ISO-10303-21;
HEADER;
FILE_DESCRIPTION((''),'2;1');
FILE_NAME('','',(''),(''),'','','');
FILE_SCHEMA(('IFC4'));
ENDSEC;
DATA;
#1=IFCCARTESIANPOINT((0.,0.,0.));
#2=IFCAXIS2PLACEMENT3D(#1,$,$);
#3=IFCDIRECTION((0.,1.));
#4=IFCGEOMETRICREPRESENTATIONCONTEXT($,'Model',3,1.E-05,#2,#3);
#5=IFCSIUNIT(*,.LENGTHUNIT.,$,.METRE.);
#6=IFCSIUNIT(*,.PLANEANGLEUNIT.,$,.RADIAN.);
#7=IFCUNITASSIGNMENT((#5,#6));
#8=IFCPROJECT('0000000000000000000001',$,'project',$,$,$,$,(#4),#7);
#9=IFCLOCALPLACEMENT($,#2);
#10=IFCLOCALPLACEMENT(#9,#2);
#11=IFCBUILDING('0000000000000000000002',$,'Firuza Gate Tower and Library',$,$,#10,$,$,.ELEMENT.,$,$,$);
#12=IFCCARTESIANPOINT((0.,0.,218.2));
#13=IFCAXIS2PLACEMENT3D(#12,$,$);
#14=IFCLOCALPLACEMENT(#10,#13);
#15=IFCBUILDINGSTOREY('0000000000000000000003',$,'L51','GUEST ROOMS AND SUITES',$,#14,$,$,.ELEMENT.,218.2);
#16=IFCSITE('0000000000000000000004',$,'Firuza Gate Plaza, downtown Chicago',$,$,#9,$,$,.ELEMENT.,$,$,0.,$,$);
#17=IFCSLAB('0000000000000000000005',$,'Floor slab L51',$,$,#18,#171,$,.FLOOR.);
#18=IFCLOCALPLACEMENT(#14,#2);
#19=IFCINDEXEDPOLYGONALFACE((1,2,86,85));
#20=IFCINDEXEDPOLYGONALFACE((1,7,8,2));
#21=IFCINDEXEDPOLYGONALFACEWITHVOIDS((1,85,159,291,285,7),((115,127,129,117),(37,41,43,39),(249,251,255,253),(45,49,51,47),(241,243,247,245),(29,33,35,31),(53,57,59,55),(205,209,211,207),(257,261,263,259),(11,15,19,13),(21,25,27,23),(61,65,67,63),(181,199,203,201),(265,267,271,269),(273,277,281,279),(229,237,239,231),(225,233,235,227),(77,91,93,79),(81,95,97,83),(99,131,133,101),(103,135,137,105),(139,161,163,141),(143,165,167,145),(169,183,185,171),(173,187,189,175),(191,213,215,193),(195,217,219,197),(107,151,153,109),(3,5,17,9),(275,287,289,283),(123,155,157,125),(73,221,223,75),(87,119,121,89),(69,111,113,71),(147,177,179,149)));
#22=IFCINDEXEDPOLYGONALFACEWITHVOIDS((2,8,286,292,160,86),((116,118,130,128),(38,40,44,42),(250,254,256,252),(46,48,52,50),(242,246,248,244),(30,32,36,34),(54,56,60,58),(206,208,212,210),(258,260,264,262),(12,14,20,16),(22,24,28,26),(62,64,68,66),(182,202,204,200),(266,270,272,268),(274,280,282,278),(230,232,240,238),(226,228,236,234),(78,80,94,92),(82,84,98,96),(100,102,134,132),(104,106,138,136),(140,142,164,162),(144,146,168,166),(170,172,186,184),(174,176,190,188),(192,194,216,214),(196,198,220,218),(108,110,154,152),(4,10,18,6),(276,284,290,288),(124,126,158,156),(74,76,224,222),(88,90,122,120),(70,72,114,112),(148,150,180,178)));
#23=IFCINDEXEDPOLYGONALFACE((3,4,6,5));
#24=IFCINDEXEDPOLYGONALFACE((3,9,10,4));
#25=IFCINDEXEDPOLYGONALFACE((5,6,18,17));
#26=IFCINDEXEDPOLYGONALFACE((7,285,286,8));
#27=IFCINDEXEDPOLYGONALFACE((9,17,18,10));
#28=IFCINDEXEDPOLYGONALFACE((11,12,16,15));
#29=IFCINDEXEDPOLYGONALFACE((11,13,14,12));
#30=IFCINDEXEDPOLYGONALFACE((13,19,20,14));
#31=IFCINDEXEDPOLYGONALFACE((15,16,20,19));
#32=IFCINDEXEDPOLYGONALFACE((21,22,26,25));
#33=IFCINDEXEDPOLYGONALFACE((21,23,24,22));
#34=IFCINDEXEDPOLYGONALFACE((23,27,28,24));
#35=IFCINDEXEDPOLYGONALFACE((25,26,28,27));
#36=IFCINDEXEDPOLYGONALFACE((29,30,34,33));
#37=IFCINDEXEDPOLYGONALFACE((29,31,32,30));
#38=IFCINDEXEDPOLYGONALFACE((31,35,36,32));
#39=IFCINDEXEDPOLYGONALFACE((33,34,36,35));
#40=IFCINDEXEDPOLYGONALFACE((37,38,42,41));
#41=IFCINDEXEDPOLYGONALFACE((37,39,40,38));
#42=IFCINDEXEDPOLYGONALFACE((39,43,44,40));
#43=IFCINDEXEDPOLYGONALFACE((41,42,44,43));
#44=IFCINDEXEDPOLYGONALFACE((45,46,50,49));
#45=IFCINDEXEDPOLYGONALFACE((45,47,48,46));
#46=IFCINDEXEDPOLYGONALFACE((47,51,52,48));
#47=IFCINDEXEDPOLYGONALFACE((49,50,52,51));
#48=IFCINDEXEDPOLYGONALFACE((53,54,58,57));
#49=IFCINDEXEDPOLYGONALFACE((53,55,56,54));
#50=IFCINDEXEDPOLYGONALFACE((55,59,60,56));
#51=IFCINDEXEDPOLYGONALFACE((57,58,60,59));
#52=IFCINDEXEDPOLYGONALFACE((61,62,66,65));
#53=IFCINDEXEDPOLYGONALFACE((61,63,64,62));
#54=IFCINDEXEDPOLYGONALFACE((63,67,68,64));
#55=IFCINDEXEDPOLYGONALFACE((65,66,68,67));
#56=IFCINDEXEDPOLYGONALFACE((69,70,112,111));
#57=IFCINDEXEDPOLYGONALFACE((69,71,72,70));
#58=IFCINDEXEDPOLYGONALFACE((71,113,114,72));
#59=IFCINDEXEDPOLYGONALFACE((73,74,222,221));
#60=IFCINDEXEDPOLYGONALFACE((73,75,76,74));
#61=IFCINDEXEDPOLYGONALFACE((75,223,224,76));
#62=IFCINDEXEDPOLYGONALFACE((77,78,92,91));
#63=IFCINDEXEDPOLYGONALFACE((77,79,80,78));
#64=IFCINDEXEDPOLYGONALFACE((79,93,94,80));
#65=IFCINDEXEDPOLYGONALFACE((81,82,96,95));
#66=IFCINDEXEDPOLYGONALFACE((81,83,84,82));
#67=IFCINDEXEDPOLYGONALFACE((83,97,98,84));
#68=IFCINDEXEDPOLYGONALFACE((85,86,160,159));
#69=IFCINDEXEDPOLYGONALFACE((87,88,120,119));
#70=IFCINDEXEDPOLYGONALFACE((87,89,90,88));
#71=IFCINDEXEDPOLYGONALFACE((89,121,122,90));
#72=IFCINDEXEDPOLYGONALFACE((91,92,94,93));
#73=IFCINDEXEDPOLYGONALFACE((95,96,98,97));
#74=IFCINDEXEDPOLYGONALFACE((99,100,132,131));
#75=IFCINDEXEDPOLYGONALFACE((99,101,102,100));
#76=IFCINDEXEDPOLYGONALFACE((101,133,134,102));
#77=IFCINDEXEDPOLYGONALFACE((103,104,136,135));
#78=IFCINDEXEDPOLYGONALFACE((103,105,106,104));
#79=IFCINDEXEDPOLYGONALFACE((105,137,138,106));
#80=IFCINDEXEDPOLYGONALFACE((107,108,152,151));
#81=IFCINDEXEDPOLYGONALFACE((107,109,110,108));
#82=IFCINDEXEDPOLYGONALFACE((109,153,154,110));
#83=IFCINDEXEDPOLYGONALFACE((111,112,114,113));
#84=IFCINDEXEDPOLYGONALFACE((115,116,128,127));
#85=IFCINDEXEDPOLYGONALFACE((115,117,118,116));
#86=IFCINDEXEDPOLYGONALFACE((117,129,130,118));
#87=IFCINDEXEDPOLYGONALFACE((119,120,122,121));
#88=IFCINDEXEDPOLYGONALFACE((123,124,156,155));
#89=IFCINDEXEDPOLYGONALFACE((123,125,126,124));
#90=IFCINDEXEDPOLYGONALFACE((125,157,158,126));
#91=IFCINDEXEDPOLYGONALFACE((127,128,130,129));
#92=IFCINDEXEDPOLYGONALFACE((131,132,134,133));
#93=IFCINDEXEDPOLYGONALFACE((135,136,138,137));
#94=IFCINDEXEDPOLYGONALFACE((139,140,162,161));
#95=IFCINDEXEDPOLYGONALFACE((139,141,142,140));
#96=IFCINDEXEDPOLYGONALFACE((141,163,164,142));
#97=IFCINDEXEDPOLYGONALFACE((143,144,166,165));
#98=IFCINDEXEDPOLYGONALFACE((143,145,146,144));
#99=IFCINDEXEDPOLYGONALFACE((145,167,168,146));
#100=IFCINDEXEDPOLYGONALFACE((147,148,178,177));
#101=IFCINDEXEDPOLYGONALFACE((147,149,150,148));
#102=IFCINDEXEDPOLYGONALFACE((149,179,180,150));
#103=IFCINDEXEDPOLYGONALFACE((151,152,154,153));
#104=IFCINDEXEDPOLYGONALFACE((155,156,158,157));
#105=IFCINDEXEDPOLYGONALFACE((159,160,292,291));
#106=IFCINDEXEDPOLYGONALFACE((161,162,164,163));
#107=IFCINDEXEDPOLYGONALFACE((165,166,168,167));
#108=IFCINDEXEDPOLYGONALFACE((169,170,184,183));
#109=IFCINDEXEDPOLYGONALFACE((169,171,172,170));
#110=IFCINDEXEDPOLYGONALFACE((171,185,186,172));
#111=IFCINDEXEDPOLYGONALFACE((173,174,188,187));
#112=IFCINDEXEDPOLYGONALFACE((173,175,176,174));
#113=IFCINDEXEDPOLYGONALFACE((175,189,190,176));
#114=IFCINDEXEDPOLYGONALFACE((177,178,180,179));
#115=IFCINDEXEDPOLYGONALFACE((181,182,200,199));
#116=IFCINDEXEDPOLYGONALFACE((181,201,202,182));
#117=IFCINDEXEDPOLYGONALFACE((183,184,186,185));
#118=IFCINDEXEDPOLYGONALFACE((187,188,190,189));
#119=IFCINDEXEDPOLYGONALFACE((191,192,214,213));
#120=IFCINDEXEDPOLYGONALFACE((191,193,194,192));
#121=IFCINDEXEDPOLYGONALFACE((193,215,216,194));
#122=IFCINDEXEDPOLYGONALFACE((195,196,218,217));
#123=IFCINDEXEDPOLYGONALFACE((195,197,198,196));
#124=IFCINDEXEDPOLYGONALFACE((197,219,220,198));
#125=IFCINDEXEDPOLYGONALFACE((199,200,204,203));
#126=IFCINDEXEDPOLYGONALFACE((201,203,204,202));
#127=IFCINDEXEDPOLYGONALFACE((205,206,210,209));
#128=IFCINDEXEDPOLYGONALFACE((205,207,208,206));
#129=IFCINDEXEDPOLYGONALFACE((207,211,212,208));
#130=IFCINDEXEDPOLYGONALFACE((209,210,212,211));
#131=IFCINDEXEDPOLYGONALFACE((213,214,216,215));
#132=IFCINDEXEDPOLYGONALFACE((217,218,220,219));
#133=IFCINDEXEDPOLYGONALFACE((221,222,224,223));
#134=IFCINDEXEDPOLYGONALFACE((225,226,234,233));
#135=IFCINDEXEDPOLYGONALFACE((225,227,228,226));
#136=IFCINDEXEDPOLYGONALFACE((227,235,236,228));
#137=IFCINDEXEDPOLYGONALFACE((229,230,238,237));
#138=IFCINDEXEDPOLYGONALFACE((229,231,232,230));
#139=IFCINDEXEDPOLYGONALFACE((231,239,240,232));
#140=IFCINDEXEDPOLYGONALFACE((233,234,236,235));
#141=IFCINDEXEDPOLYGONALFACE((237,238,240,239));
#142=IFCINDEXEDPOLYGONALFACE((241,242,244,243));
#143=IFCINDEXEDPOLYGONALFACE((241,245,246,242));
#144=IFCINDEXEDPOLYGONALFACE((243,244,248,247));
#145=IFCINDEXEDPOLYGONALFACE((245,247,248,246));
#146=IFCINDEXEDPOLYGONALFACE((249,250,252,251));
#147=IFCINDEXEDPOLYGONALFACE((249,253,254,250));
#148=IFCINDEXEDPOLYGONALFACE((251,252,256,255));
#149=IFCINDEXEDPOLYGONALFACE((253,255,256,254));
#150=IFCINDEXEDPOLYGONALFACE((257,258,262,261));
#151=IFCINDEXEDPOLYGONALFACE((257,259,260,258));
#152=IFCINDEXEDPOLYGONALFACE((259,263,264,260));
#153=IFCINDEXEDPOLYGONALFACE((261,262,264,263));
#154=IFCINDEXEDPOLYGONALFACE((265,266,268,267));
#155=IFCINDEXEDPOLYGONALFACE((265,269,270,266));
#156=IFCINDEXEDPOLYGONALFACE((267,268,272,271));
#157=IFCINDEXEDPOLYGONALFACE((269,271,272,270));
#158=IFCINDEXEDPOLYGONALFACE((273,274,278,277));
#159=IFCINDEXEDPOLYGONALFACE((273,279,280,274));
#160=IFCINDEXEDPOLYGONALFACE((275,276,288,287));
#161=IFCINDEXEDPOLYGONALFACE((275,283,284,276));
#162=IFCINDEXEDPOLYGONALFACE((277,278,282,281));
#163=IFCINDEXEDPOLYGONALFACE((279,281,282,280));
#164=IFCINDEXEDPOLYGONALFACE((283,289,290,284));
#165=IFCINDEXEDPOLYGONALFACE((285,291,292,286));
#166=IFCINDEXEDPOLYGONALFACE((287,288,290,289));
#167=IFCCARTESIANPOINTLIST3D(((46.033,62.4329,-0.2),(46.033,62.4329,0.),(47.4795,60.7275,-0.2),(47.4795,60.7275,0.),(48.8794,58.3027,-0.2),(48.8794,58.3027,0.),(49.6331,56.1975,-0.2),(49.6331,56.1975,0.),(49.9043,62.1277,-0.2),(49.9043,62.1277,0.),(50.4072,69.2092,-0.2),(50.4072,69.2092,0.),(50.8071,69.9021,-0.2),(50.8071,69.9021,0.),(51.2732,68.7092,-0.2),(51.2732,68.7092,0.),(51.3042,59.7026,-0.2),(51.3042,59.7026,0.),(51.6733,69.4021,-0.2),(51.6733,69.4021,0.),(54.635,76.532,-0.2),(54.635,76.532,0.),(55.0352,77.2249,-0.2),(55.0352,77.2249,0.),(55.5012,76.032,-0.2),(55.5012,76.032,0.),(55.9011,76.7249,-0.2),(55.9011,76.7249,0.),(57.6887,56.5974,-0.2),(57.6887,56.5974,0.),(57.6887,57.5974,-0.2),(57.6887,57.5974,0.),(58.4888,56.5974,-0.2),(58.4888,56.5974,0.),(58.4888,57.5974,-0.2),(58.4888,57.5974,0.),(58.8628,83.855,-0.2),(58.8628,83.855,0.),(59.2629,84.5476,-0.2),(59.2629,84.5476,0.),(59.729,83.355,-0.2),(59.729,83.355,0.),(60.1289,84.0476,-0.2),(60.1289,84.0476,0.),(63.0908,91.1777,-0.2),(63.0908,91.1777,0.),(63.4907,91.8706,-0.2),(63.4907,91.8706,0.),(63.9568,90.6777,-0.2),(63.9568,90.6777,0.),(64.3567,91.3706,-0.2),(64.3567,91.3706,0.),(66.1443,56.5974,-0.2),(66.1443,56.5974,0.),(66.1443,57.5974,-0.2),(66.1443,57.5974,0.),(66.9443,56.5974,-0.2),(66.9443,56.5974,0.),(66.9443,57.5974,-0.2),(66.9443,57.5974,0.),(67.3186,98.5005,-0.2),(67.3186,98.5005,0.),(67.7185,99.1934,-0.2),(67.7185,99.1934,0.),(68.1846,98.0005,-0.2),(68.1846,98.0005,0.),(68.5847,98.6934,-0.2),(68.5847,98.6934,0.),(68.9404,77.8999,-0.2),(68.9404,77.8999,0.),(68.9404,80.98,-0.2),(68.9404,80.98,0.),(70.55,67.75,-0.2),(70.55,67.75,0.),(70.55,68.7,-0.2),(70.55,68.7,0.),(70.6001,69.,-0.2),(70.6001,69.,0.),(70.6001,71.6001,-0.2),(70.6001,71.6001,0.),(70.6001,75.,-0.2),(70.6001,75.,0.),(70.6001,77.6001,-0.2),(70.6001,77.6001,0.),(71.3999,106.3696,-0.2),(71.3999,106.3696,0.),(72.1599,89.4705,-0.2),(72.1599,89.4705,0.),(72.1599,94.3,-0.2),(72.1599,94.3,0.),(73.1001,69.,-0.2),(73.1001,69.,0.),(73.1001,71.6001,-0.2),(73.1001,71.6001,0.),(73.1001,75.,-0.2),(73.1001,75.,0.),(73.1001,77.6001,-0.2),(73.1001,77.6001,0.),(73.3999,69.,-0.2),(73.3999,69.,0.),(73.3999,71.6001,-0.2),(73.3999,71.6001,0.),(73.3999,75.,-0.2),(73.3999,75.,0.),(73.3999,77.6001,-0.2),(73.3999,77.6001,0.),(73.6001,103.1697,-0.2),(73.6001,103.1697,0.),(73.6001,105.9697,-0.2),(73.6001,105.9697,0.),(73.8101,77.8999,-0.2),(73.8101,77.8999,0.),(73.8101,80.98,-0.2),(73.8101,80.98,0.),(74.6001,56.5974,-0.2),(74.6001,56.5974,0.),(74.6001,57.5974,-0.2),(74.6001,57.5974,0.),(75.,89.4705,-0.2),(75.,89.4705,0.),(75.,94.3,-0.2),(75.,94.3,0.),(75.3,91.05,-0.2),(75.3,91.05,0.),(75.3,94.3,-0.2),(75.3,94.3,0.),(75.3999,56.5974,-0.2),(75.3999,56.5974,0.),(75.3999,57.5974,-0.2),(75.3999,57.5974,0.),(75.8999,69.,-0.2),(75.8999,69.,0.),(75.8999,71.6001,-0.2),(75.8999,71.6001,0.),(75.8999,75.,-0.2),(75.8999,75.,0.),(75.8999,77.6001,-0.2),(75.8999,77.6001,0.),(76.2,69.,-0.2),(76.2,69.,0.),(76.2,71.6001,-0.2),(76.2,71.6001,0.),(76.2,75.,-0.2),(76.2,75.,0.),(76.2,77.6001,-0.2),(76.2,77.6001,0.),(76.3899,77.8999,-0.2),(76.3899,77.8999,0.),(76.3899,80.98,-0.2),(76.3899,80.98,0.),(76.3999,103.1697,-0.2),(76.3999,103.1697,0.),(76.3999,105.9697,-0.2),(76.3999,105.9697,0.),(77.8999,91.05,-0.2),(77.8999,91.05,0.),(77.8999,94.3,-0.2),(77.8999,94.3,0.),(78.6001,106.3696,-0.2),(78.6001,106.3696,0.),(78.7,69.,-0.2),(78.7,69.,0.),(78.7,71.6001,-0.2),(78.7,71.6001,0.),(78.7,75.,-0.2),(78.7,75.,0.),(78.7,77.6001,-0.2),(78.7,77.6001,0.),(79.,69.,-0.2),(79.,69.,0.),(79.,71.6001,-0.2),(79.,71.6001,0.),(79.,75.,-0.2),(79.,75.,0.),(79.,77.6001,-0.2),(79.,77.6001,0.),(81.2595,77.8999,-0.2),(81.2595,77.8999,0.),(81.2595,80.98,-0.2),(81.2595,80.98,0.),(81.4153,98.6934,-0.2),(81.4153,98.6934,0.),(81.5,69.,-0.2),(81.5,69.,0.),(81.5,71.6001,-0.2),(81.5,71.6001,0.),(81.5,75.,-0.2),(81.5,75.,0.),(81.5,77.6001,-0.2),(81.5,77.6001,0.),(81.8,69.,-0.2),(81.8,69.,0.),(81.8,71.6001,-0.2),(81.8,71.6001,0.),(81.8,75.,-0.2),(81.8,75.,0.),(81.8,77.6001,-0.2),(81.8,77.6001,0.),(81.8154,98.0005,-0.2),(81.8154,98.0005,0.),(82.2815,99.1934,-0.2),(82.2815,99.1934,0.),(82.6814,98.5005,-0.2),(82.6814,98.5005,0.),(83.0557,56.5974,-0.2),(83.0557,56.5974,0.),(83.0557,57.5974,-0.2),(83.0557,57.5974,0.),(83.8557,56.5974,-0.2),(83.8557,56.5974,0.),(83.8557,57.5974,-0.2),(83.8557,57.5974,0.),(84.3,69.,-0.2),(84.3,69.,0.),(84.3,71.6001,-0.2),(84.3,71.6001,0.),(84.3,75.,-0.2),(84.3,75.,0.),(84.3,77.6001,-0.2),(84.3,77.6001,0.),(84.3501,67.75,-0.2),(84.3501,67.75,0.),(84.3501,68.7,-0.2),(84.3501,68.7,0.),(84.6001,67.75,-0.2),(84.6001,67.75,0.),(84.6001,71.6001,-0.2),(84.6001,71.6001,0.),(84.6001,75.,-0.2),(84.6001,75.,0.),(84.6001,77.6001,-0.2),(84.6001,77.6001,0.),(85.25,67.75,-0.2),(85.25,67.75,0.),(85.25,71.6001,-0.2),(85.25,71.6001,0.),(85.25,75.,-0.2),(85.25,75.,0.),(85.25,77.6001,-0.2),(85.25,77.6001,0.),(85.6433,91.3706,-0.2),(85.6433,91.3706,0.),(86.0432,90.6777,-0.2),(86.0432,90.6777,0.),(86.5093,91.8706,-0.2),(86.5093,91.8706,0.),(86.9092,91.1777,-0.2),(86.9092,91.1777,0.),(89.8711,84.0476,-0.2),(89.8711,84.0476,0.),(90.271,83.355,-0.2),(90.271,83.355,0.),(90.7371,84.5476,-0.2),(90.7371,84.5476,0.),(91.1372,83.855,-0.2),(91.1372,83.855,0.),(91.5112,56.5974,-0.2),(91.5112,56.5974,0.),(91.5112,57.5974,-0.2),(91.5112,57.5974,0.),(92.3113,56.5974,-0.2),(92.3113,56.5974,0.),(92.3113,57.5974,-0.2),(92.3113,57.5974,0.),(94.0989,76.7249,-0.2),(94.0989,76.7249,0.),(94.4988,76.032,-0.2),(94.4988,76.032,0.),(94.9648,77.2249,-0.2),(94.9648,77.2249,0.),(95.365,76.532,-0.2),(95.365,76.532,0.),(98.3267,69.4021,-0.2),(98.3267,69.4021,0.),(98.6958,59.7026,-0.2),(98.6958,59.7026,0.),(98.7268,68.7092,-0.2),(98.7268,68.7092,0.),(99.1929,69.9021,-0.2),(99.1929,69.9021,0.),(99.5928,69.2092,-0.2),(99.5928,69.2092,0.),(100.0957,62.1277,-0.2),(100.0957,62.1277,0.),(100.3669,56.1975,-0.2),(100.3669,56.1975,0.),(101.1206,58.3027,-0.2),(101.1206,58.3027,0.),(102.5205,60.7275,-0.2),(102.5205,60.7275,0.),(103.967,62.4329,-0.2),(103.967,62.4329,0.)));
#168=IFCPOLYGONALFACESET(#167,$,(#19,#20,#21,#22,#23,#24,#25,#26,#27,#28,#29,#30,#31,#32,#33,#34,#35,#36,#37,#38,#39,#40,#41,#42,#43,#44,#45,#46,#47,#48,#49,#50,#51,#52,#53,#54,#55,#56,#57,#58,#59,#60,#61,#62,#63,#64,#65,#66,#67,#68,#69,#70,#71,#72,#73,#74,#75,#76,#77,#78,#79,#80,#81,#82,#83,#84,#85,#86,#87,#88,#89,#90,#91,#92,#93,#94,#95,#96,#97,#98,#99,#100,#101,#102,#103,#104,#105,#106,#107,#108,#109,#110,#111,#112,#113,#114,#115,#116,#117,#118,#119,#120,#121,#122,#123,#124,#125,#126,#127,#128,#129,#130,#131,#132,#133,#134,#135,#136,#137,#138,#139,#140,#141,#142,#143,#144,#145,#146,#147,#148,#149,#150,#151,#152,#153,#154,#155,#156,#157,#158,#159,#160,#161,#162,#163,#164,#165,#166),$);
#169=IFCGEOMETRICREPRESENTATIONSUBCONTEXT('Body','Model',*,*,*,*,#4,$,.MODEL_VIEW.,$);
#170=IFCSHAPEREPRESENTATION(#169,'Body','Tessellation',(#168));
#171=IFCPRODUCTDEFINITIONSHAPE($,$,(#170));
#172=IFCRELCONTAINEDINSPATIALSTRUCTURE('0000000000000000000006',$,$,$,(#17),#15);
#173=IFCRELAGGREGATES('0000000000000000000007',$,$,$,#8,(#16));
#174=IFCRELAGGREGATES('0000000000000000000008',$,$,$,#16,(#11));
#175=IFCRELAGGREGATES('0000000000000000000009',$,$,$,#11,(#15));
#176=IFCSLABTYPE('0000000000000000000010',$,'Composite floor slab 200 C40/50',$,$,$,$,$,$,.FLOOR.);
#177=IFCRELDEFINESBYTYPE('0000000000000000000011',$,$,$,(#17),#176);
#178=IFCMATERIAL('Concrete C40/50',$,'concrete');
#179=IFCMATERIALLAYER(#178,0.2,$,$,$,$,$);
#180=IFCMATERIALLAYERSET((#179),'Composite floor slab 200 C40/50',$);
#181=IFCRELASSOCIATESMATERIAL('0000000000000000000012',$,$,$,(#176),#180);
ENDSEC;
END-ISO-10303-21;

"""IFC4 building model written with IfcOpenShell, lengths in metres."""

from ifc_helpers import new_model, si_unit, direction, frame, origin, place, context, subcontext, project, spatial, polyline, outline, extrude, material, layer, layer_set, type_object, element, save


model = new_model("IFC4")

# Units and contexts
model_context = context("Model", 3, precision=1e-05, world=origin(), true_north=direction((0.0, 1.0)))
body_context = subcontext(model_context, "Body", "Model", "MODEL_VIEW")
ifc_project = project(units=[si_unit("LENGTHUNIT", "METRE"), si_unit("PLANEANGLEUNIT", "RADIAN")], contexts=[model_context])

# Site, building, storey
site_placement = place(None, origin())
site = spatial("IfcSite", under=ifc_project, at=site_placement, Name="Firuza Gate Plaza, downtown Chicago", CompositionType="ELEMENT", RefElevation=0.0)
building_placement = place(site_placement, origin())
building = spatial("IfcBuilding", under=site, at=building_placement, Name="Firuza Gate Tower and Library", CompositionType="ELEMENT")
storey_placement = place(building_placement, frame((0.0, 0.0, 218.2)))
storey = spatial("IfcBuildingStorey", under=building, at=storey_placement, Name="L51", Description="GUEST ROOMS AND SUITES", CompositionType="ELEMENT", Elevation=218.2)

# Slab
ifc_material_1 = material(Name="Concrete C40/50", Category="concrete")
ifc_layer_1 = layer(ifc_material_1, 0.2)
ifc_layer_set_1 = layer_set([ifc_layer_1], Name="Composite floor slab 200 C40/50")
slab_type_1 = type_object("IfcSlabType", Name="Composite floor slab 200 C40/50", PredefinedType="FLOOR", material=ifc_layer_set_1)
slab_1_placement = place(storey_placement, frame((0.0, 0.0, -0.2)))
element("IfcSlab", 1, at=slab_1_placement, inside=storey, type_object=slab_type_1, Name="Floor slab L51", PredefinedType="FLOOR", context=body_context, shape_type="SweptSolid", body=[
    extrude(outline(polyline([(46.033, 62.4329), (49.6331, 56.1975), (100.3669, 56.1975), (103.967, 62.4329), (78.6001, 106.3696), (71.3999, 106.3696), (46.033, 62.4329)]), holes=[polyline([(57.6887, 56.5974), (57.6887, 57.5974), (58.4888, 57.5974), (58.4888, 56.5974), (57.6887, 56.5974)]), polyline([(74.6001, 56.5974), (74.6001, 57.5974), (75.3999, 57.5974), (75.3999, 56.5974), (74.6001, 56.5974)]), polyline([(66.1443, 56.5974), (66.1443, 57.5974), (66.9443, 57.5974), (66.9443, 56.5974), (66.1443, 56.5974)]), polyline([(47.4795, 60.7275), (49.9043, 62.1277), (51.3042, 59.7026), (48.8794, 58.3027), (47.4795, 60.7275)]), polyline([(84.3501, 67.75), (70.55, 67.75), (70.55, 68.7), (84.3501, 68.7), (84.3501, 67.75)]), polyline([(50.8071, 69.9021), (51.6733, 69.4021), (51.2732, 68.7092), (50.4072, 69.2092), (50.8071, 69.9021)]), polyline([(73.1001, 69.0), (70.6001, 69.0), (70.6001, 71.6001), (73.1001, 71.6001), (73.1001, 69.0)]), polyline([(75.8999, 69.0), (73.3999, 69.0), (73.3999, 71.6001), (75.8999, 71.6001), (75.8999, 69.0)]), polyline([(73.1001, 75.0), (70.6001, 75.0), (70.6001, 77.6001), (73.1001, 77.6001), (73.1001, 75.0)]), polyline([(75.8999, 75.0), (73.3999, 75.0), (73.3999, 77.6001), (75.8999, 77.6001), (75.8999, 75.0)]), polyline([(55.0352, 77.2249), (55.9011, 76.7249), (55.5012, 76.032), (54.635, 76.532), (55.0352, 77.2249)]), polyline([(73.8101, 77.8999), (68.9404, 77.8999), (68.9404, 80.98), (73.8101, 80.98), (73.8101, 77.8999)]), polyline([(59.2629, 84.5476), (60.1289, 84.0476), (59.729, 83.355), (58.8628, 83.855), (59.2629, 84.5476)]), polyline([(63.4907, 91.8706), (64.3567, 91.3706), (63.9568, 90.6777), (63.0908, 91.1777), (63.4907, 91.8706)]), polyline([(72.1599, 89.4705), (72.1599, 94.3), (75.0, 94.3), (75.0, 89.4705), (72.1599, 89.4705)]), polyline([(75.3, 91.05), (75.3, 94.3), (77.8999, 94.3), (77.8999, 91.05), (75.3, 91.05)]), polyline([(68.5847, 98.6934), (68.1846, 98.0005), (67.3186, 98.5005), (67.7185, 99.1934), (68.5847, 98.6934)]), polyline([(76.3999, 105.9697), (76.3999, 103.1697), (73.6001, 103.1697), (73.6001, 105.9697), (76.3999, 105.9697)]), polyline([(91.5112, 56.5974), (91.5112, 57.5974), (92.3113, 57.5974), (92.3113, 56.5974), (91.5112, 56.5974)]), polyline([(83.0557, 56.5974), (83.0557, 57.5974), (83.8557, 57.5974), (83.8557, 56.5974), (83.0557, 56.5974)]), polyline([(101.1206, 58.3027), (98.6958, 59.7026), (100.0957, 62.1277), (102.5205, 60.7275), (101.1206, 58.3027)]), polyline([(99.5928, 69.2092), (98.7268, 68.7092), (98.3267, 69.4021), (99.1929, 69.9021), (99.5928, 69.2092)]), polyline([(85.25, 67.75), (84.6001, 67.75), (84.6001, 71.6001), (85.25, 71.6001), (85.25, 67.75)]), polyline([(81.5, 69.0), (79.0, 69.0), (79.0, 71.6001), (81.5, 71.6001), (81.5, 69.0)]), polyline([(81.8, 69.0), (81.8, 71.6001), (84.3, 71.6001), (84.3, 69.0), (81.8, 69.0)]), polyline([(76.2, 69.0), (76.2, 71.6001), (78.7, 71.6001), (78.7, 69.0), (76.2, 69.0)]), polyline([(81.5, 75.0), (79.0, 75.0), (79.0, 77.6001), (81.5, 77.6001), (81.5, 75.0)]), polyline([(84.3, 75.0), (81.8, 75.0), (81.8, 77.6001), (84.3, 77.6001), (84.3, 75.0)]), polyline([(85.25, 75.0), (84.6001, 75.0), (84.6001, 77.6001), (85.25, 77.6001), (85.25, 75.0)]), polyline([(78.7, 75.0), (76.2, 75.0), (76.2, 77.6001), (78.7, 77.6001), (78.7, 75.0)]), polyline([(95.365, 76.532), (94.4988, 76.032), (94.0989, 76.7249), (94.9648, 77.2249), (95.365, 76.532)]), polyline([(81.2595, 77.8999), (76.3899, 77.8999), (76.3899, 80.98), (81.2595, 80.98), (81.2595, 77.8999)]), polyline([(91.1372, 83.855), (90.271, 83.355), (89.8711, 84.0476), (90.7371, 84.5476), (91.1372, 83.855)]), polyline([(86.0432, 90.6777), (85.6433, 91.3706), (86.5093, 91.8706), (86.9092, 91.1777), (86.0432, 90.6777)]), polyline([(81.8154, 98.0005), (81.4153, 98.6934), (82.2815, 99.1934), (82.6814, 98.5005), (81.8154, 98.0005)])]), origin(), (0.0, 0.0, 1.0), 0.2),
])

save(model, "model.ifc")
